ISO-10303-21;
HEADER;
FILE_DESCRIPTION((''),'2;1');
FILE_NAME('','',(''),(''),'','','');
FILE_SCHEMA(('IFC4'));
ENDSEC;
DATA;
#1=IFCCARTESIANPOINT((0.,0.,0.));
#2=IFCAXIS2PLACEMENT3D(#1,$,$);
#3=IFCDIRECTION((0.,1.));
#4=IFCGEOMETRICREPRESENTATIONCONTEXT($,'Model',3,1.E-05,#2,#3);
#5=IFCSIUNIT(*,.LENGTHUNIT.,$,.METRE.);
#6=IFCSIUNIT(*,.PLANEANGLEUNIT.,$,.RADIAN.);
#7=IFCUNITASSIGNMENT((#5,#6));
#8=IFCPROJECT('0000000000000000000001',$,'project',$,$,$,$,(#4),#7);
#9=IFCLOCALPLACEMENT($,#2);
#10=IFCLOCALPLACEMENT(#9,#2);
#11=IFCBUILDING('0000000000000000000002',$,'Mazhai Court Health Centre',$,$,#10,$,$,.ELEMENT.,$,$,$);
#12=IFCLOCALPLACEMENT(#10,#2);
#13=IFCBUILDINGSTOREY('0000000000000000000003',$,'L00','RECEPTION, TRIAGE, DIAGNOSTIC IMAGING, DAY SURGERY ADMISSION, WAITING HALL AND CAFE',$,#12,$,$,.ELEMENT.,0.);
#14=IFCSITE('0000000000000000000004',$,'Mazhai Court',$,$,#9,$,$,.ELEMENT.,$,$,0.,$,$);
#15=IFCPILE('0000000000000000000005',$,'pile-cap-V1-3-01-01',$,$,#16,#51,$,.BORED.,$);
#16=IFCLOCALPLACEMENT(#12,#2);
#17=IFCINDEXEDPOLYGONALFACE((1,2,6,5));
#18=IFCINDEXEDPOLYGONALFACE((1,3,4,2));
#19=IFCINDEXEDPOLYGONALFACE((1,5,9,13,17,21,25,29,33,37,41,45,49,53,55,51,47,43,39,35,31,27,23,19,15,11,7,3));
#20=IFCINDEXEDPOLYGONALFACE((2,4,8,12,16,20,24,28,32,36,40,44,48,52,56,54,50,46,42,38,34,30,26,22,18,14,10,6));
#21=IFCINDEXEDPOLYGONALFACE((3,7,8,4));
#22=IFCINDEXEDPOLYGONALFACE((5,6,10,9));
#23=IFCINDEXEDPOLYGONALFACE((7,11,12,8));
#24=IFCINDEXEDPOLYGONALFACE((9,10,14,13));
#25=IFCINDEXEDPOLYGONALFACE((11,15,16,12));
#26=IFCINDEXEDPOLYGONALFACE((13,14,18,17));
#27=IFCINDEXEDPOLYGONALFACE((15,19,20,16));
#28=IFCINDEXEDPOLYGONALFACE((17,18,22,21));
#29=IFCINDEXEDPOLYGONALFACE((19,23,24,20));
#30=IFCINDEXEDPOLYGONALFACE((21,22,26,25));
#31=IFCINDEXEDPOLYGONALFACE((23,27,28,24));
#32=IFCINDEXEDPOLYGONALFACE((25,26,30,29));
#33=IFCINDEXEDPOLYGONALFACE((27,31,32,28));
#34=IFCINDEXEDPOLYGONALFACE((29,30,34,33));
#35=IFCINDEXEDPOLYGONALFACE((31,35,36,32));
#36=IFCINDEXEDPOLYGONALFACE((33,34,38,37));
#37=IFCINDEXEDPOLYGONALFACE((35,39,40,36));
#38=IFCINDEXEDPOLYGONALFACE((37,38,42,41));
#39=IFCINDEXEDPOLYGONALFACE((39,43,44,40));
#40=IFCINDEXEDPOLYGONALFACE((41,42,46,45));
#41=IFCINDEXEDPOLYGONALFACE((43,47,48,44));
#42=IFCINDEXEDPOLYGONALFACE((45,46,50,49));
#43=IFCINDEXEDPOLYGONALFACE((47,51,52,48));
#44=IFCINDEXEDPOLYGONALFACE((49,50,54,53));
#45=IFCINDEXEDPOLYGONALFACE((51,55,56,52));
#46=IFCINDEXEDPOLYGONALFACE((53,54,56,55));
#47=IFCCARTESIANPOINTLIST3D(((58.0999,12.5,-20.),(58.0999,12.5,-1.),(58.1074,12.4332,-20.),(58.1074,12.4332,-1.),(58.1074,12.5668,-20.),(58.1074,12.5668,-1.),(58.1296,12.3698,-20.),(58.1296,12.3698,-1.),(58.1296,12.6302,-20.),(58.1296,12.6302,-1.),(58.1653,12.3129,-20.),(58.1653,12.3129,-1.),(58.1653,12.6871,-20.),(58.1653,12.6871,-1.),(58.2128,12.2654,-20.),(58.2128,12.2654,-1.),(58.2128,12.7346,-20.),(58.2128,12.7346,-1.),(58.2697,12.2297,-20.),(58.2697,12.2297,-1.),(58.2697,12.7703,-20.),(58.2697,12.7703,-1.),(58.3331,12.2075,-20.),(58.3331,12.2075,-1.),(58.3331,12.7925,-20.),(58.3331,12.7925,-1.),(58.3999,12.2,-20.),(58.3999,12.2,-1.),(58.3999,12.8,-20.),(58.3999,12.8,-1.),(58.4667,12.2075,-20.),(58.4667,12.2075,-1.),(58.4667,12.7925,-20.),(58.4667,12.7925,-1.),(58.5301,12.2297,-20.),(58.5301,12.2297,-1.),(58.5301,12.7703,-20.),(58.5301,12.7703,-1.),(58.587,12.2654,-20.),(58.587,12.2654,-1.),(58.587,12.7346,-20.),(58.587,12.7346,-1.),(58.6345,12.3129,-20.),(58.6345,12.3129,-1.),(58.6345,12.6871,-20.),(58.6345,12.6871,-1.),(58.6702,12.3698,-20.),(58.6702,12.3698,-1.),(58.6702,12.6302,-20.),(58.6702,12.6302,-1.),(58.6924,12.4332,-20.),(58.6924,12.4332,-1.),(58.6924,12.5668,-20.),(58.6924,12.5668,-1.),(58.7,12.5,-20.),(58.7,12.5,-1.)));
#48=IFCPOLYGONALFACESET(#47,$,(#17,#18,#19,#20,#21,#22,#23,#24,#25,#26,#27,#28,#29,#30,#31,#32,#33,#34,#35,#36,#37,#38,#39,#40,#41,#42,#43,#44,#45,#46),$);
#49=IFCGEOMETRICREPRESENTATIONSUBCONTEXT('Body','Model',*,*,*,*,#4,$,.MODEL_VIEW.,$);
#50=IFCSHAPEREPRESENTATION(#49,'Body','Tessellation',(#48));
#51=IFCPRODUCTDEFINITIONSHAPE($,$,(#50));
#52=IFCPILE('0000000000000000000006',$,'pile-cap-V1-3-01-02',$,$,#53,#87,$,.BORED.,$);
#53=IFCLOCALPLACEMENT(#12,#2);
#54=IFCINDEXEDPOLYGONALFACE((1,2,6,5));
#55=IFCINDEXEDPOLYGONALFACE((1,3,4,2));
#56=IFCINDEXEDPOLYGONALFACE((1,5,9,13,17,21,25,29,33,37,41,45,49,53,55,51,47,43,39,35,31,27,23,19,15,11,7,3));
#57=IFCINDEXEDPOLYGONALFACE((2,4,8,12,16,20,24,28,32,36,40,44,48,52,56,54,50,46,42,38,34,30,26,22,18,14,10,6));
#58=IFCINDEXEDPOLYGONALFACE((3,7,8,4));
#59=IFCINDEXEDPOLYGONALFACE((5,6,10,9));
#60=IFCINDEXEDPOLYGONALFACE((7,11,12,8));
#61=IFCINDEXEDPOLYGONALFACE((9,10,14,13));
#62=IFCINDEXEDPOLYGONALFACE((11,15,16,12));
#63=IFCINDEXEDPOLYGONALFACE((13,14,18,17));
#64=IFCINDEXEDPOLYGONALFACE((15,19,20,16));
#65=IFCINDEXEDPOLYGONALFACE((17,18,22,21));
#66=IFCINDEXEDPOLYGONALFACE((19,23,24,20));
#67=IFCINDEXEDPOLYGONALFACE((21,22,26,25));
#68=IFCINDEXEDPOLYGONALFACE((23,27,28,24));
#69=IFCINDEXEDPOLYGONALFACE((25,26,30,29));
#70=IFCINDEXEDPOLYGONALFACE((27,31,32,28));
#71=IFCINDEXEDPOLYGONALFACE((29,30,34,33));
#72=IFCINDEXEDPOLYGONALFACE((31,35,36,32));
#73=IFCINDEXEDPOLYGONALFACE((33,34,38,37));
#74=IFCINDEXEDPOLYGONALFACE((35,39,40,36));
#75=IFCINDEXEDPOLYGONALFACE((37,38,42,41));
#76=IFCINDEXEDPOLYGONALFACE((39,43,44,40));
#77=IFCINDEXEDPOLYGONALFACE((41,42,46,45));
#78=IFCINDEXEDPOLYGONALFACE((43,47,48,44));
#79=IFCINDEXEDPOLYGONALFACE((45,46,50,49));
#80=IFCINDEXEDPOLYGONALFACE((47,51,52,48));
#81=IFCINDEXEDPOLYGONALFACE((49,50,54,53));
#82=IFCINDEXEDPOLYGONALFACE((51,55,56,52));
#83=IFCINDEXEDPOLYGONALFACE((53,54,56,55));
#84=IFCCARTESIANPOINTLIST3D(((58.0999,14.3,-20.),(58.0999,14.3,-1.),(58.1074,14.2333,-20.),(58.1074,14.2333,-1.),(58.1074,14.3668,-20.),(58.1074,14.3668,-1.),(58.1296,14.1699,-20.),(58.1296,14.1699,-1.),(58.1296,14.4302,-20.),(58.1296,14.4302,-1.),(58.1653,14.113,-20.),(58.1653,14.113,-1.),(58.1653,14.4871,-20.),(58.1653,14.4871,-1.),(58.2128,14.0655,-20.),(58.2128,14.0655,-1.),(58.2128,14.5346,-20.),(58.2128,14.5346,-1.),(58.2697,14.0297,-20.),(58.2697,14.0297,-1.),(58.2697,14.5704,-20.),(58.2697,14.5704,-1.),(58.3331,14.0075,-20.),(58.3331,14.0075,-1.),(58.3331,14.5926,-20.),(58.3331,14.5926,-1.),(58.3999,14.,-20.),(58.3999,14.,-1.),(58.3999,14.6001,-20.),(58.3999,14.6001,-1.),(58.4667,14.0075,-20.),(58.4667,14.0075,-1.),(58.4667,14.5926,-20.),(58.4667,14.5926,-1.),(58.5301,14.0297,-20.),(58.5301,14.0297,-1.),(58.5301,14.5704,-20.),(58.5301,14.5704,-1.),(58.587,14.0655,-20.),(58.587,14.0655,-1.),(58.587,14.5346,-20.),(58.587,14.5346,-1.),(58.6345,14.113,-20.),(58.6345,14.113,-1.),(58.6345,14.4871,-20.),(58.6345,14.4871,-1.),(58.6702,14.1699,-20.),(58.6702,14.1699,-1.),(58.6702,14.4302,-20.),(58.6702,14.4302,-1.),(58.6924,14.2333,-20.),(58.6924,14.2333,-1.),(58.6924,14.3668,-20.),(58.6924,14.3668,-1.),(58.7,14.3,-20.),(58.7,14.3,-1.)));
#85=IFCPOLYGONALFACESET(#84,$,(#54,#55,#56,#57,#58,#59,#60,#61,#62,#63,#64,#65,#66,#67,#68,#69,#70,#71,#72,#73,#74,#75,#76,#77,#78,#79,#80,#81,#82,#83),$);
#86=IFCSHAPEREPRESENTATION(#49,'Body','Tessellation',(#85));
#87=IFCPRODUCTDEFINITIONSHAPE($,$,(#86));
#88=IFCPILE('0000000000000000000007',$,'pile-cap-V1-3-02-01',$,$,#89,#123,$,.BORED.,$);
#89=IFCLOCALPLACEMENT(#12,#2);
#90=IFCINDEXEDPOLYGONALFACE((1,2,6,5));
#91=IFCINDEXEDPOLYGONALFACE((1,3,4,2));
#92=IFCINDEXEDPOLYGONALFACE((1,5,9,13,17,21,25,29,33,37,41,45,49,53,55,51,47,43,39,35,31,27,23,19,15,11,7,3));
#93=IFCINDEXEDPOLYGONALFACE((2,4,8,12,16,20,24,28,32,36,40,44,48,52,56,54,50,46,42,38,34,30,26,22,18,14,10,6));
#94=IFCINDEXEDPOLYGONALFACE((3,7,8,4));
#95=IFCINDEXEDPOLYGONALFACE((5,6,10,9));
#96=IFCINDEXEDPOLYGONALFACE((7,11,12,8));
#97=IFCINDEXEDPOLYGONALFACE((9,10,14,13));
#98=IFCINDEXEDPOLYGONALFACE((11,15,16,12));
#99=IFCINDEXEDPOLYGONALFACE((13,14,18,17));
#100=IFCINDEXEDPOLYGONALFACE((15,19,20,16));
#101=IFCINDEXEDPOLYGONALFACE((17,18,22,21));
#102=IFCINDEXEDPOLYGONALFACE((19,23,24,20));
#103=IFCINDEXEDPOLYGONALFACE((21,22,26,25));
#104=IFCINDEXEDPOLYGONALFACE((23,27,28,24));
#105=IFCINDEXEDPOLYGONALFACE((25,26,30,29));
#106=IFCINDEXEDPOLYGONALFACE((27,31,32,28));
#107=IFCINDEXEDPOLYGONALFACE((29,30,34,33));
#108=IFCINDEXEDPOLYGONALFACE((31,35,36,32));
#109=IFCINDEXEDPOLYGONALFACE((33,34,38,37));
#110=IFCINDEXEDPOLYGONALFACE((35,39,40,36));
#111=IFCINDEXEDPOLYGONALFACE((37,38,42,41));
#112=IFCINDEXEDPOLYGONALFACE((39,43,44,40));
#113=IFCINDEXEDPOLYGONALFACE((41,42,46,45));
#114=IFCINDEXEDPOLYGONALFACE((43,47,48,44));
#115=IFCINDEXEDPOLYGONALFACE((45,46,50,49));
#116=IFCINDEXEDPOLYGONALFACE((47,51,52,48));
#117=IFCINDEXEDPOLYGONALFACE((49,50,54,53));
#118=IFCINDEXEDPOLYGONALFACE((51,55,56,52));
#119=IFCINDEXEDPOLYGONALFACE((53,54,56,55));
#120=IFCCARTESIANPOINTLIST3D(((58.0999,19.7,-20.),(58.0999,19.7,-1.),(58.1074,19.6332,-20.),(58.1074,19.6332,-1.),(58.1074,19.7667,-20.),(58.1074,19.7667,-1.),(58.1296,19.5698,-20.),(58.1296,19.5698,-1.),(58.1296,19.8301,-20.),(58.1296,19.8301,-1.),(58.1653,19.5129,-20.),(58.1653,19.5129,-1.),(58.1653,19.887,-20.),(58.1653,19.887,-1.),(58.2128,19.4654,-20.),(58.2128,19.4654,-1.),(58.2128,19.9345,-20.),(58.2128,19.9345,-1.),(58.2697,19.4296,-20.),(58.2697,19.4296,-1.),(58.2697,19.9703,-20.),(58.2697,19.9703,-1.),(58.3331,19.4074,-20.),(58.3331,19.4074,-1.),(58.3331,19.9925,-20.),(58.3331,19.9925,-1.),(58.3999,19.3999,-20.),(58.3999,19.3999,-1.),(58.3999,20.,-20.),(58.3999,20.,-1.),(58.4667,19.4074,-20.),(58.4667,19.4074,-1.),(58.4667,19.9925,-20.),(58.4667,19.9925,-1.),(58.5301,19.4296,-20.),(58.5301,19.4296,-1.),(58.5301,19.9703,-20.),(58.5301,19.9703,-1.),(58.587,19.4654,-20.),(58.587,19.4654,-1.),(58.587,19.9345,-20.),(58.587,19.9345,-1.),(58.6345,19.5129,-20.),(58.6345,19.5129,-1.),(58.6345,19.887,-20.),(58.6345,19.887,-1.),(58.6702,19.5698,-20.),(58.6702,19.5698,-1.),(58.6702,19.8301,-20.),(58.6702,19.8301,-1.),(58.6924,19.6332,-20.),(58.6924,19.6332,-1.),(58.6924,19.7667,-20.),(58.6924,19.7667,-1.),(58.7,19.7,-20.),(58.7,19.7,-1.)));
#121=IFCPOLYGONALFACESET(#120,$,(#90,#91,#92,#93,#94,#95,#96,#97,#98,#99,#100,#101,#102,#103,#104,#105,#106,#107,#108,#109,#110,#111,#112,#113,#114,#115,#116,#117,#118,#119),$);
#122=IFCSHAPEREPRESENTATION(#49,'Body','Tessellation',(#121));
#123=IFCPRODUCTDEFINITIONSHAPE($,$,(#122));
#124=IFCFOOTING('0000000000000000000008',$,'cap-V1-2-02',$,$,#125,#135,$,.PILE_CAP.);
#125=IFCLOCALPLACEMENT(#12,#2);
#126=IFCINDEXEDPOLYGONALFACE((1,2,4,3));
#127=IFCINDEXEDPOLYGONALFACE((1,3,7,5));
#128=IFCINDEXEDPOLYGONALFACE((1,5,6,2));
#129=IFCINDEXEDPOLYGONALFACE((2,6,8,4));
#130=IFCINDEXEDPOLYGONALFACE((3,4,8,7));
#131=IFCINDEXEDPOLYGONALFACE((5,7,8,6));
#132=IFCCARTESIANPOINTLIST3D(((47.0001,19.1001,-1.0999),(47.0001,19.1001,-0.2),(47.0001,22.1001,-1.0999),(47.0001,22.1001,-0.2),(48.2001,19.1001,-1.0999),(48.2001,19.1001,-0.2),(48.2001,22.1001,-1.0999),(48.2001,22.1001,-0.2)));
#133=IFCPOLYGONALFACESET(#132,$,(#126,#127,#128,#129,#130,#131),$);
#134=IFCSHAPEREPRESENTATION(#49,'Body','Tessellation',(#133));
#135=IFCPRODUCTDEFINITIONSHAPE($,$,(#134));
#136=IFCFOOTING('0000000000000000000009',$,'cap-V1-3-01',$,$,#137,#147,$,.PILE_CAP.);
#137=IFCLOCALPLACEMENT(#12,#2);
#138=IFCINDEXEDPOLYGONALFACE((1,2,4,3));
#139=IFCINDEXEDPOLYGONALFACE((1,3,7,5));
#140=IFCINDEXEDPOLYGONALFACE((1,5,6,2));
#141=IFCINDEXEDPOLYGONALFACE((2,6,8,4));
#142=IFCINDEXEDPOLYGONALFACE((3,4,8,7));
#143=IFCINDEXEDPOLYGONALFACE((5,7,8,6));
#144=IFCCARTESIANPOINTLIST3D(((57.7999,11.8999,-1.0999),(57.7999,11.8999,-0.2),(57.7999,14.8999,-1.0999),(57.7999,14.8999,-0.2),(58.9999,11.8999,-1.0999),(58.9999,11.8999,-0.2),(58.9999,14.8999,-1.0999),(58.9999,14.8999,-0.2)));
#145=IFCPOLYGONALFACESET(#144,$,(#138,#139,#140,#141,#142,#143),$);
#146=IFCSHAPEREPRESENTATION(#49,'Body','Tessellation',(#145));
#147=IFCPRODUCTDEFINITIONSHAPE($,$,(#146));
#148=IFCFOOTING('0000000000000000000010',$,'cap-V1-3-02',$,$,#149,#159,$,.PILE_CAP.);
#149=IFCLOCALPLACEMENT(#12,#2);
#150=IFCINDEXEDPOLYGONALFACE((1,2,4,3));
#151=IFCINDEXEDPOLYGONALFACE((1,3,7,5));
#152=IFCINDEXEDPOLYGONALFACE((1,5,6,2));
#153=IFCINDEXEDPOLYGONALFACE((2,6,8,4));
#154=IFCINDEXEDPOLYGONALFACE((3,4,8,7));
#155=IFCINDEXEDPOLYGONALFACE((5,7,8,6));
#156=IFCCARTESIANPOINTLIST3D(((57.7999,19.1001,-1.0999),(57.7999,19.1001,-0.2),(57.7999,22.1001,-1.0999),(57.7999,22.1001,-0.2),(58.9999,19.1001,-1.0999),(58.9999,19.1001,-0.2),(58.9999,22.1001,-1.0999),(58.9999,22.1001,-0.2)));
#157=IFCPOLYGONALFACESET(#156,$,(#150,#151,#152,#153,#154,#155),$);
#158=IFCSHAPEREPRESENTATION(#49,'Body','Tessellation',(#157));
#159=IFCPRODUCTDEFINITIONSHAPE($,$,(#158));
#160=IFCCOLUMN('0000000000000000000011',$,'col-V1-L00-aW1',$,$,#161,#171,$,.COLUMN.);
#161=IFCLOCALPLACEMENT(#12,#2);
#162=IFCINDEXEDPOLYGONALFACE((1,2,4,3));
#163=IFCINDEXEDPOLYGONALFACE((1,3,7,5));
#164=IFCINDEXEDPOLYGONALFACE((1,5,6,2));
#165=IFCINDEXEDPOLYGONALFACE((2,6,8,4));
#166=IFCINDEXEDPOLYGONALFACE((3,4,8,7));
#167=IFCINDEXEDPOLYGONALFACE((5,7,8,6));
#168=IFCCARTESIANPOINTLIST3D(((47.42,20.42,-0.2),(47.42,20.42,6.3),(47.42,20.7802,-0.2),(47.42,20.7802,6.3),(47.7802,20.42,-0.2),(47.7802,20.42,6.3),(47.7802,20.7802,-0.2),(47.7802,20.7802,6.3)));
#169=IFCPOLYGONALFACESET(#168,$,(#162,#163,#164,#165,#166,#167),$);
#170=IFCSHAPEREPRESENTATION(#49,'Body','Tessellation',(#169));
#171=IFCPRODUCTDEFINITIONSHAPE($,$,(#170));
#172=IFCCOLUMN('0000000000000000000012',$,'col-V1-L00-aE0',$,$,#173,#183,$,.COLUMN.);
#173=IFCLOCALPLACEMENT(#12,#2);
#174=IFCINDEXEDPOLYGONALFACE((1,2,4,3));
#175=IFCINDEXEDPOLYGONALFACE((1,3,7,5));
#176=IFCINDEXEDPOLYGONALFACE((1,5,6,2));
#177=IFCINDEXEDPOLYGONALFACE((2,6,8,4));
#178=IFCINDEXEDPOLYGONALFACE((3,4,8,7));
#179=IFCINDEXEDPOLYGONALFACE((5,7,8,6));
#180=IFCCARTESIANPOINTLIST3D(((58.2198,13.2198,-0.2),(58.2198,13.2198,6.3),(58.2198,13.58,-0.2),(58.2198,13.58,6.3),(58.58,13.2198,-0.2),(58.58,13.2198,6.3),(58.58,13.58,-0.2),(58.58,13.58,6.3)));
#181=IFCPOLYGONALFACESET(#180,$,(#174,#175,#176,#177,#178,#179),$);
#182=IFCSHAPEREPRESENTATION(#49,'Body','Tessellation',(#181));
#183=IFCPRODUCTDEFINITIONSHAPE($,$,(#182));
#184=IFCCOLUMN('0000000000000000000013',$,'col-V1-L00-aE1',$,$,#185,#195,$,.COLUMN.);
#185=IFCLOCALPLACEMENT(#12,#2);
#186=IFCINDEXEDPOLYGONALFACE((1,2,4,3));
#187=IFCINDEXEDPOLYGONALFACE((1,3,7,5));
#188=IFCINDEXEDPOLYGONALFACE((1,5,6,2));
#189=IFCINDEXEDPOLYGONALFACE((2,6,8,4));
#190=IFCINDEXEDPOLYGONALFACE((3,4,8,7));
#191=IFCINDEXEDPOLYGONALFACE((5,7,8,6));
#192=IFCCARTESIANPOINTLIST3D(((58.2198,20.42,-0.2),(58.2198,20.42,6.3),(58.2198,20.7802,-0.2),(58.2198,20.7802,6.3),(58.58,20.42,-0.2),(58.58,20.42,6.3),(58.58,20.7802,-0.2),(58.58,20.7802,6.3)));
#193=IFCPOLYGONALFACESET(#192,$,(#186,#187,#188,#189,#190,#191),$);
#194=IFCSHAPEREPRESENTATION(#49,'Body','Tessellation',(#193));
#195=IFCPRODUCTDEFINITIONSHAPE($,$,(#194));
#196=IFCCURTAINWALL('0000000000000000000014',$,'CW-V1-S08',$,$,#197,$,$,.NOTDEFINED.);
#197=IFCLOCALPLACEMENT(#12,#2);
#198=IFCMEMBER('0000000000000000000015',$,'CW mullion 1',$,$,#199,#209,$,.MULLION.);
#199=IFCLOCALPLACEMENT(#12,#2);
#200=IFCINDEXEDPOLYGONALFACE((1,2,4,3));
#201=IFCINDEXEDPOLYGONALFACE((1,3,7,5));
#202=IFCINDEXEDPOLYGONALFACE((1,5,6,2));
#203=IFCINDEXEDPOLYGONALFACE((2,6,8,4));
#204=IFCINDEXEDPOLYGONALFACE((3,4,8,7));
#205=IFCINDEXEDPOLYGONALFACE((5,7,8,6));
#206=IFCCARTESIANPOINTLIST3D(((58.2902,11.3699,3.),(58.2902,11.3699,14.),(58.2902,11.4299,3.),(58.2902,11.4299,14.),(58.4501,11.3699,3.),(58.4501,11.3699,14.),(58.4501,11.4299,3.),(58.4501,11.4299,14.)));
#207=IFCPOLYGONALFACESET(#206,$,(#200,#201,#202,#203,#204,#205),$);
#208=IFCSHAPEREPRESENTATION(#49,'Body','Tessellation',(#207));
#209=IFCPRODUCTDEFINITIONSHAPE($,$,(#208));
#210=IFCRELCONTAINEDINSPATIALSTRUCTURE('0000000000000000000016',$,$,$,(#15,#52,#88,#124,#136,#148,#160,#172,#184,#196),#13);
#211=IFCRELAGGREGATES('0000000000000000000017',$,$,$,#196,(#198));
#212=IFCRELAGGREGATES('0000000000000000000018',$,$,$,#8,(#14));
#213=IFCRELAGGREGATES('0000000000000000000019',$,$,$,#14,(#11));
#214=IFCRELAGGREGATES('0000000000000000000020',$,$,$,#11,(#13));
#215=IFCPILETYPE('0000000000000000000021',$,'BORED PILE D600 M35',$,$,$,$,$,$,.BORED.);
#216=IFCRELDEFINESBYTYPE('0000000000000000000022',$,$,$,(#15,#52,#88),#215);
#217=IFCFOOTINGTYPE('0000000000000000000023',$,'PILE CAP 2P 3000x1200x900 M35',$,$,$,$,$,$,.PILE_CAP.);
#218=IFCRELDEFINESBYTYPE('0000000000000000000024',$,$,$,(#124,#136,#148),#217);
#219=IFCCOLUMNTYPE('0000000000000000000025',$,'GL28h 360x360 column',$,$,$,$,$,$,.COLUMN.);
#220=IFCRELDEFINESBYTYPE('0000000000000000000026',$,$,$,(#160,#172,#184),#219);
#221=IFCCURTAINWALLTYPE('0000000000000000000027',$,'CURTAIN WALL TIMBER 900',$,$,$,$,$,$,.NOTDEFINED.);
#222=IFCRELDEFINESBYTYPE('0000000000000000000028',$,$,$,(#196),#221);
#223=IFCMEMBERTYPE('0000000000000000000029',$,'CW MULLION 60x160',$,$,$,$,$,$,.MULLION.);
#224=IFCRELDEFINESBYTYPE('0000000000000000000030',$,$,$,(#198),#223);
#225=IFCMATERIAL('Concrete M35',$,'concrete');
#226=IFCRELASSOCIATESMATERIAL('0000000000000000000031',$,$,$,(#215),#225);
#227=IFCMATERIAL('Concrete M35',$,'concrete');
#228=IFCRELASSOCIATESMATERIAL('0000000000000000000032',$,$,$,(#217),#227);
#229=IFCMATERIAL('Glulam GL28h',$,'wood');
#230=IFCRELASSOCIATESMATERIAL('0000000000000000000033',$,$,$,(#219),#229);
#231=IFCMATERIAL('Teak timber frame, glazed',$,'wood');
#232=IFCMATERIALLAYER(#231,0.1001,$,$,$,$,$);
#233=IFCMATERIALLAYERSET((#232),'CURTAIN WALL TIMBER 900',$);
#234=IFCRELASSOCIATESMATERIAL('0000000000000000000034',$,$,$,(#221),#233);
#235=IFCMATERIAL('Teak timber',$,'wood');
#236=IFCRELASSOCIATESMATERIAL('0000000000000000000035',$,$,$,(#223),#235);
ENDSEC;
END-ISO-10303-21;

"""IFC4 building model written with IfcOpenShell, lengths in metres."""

from ifc_helpers import new_model, si_unit, direction, frame, origin, origin_2d, place, context, subcontext, project, spatial, rectangle, circle, extrude, material, layer, layer_set, material_profile, profile_set, type_object, element, aggregate, save


model = new_model("IFC4")

# Units and contexts
model_context = context("Model", 3, precision=1e-05, world=origin(), true_north=direction((0.0, 1.0)))
body_context = subcontext(model_context, "Body", "Model", "MODEL_VIEW")
ifc_project = project(units=[si_unit("LENGTHUNIT", "METRE"), si_unit("PLANEANGLEUNIT", "RADIAN")], contexts=[model_context])

# Site, building, storey
site_placement = place(None, origin())
site = spatial("IfcSite", under=ifc_project, at=site_placement, Name="Mazhai Court", CompositionType="ELEMENT", RefElevation=0.0)
building_placement = place(site_placement, origin())
building = spatial("IfcBuilding", under=site, at=building_placement, Name="Mazhai Court Health Centre", CompositionType="ELEMENT")
storey_placement = place(building_placement, origin())
storey = spatial("IfcBuildingStorey", under=building, at=storey_placement, Name="L00", Description="RECEPTION, TRIAGE, DIAGNOSTIC IMAGING, DAY SURGERY ADMISSION, WAITING HALL AND CAFE", CompositionType="ELEMENT", Elevation=0.0)

# Piles
ifc_material_1 = material(Name="Concrete M35", Category="concrete")
ifc_material_profile_1 = material_profile(ifc_material_1, circle(Radius=0.3, at=origin_2d()), Name="RC PILE D600")
ifc_profile_set_1 = profile_set([ifc_material_profile_1], Name="Concrete M35")
pile_type = type_object("IfcPileType", Name="BORED PILE D600 M35", PredefinedType="BORED", material=ifc_profile_set_1)
for number, where, z_axis, x_axis, name in (
    (1, (58.3999, 12.5, -1.0), (0.0, 0.0, -1.0), (1.0, 0.0, 0.0), "pile-cap-V1-3-01-01"),
    (2, (58.3999, 14.3, -1.0), (0.0, 0.0, -1.0), (1.0, 0.0, 0.0), "pile-cap-V1-3-01-02"),
    (3, (58.3999, 19.7, -1.0), (0.0, 0.0, -1.0), (1.0, 0.0, 0.0), "pile-cap-V1-3-02-01"),
):
    element("IfcPile", number, at=place(storey_placement, frame(where, z_axis=z_axis, x_axis=x_axis)), inside=storey, type_object=pile_type, Name=name, PredefinedType="BORED", context=body_context, shape_type="SweptSolid", body=[
        extrude(circle(Radius=0.3, at=origin_2d()), origin(), (0.0, 0.0, 1.0), 19.0),
    ])

# Footings
ifc_material_2 = material(Name="Concrete M35", Category="concrete")
footing_type = type_object("IfcFootingType", Name="PILE CAP 2P 3000x1200x900 M35", PredefinedType="PILE_CAP", material=ifc_material_2)
for number, where, z_axis, x_axis, name in (
    (4, (47.6001, 20.6001, -1.0999), (0.0, 0.0, 1.0), (1.0, 0.0, 0.0), "cap-V1-2-02"),
    (5, (58.3999, 13.3999, -1.0999), (0.0, 0.0, 1.0), (1.0, 0.0, 0.0), "cap-V1-3-01"),
    (6, (58.3999, 20.6001, -1.0999), (0.0, 0.0, 1.0), (1.0, 0.0, 0.0), "cap-V1-3-02"),
):
    element("IfcFooting", number, at=place(storey_placement, frame(where, z_axis=z_axis, x_axis=x_axis)), inside=storey, type_object=footing_type, Name=name, PredefinedType="PILE_CAP", context=body_context, shape_type="SweptSolid", body=[
        extrude(rectangle(XDim=1.2, YDim=3.0, at=origin_2d()), origin(), (0.0, 0.0, 1.0), 0.8999),
    ])

# Columns
ifc_material_3 = material(Name="Glulam GL28h", Category="wood")
ifc_material_profile_2 = material_profile(ifc_material_3, rectangle(XDim=0.3601, YDim=0.3601, at=origin_2d()), Name="GL28h 360x360")
ifc_profile_set_2 = profile_set([ifc_material_profile_2], Name="Glulam GL28h")
column_type = type_object("IfcColumnType", Name="GL28h 360x360 column", PredefinedType="COLUMN", material=ifc_profile_set_2)
for number, where, z_axis, x_axis, name in (
    (7, (47.6001, 20.6001, -0.2), (0.0, 0.0, 1.0), (1.0, 0.0, 0.0), "col-V1-L00-aW1"),
    (8, (58.3999, 13.3999, -0.2), (0.0, 0.0, 1.0), (1.0, 0.0, 0.0), "col-V1-L00-aE0"),
    (9, (58.3999, 20.6001, -0.2), (0.0, 0.0, 1.0), (1.0, 0.0, 0.0), "col-V1-L00-aE1"),
):
    element("IfcColumn", number, at=place(storey_placement, frame(where, z_axis=z_axis, x_axis=x_axis)), inside=storey, type_object=column_type, Name=name, PredefinedType="COLUMN", context=body_context, shape_type="SweptSolid", body=[
        extrude(rectangle(XDim=0.3601, YDim=0.3601, at=origin_2d()), origin(), (0.0, 0.0, 1.0), 6.5),
    ])

# Curtain wall, member
ifc_material_4 = material(Name="Teak timber frame, glazed", Category="wood")
ifc_layer_1 = layer(ifc_material_4, 0.1001)
ifc_layer_set_1 = layer_set([ifc_layer_1], Name="CURTAIN WALL TIMBER 900")
curtain_wall_type = type_object("IfcCurtainWallType", Name="CURTAIN WALL TIMBER 900", PredefinedType="NOTDEFINED", material=ifc_layer_set_1)
curtain_wall_1_placement = place(storey_placement, origin())
curtain_wall_1 = element("IfcCurtainWall", 10, at=curtain_wall_1_placement, inside=storey, type_object=curtain_wall_type, Name="CW-V1-S08", PredefinedType="NOTDEFINED")
ifc_material_5 = material(Name="Teak timber", Category="wood")
ifc_material_profile_3 = material_profile(ifc_material_5, rectangle(XDim=0.0601, YDim=0.1599, at=origin_2d()), Name="CW MULLION 60x160")
ifc_profile_set_3 = profile_set([ifc_material_profile_3], Name="Teak timber")
member_type_1 = type_object("IfcMemberType", Name="CW MULLION 60x160", PredefinedType="MULLION", material=ifc_profile_set_3)
member_1_placement = place(storey_placement, frame((58.3701, 11.3999, 3.0), z_axis=(0.0, 0.0, 1.0), x_axis=(0.0, -1.0, 0.0)))
member_1 = element("IfcMember", 11, at=member_1_placement, type_object=member_type_1, Name="CW mullion 1", PredefinedType="MULLION", context=body_context, shape_type="SweptSolid", body=[
    extrude(rectangle(XDim=0.0601, YDim=0.1599, at=origin_2d()), origin(), (0.0, 0.0, 1.0), 11.0),
])

aggregate(curtain_wall_1, [member_1])

save(model, "model.ifc")
